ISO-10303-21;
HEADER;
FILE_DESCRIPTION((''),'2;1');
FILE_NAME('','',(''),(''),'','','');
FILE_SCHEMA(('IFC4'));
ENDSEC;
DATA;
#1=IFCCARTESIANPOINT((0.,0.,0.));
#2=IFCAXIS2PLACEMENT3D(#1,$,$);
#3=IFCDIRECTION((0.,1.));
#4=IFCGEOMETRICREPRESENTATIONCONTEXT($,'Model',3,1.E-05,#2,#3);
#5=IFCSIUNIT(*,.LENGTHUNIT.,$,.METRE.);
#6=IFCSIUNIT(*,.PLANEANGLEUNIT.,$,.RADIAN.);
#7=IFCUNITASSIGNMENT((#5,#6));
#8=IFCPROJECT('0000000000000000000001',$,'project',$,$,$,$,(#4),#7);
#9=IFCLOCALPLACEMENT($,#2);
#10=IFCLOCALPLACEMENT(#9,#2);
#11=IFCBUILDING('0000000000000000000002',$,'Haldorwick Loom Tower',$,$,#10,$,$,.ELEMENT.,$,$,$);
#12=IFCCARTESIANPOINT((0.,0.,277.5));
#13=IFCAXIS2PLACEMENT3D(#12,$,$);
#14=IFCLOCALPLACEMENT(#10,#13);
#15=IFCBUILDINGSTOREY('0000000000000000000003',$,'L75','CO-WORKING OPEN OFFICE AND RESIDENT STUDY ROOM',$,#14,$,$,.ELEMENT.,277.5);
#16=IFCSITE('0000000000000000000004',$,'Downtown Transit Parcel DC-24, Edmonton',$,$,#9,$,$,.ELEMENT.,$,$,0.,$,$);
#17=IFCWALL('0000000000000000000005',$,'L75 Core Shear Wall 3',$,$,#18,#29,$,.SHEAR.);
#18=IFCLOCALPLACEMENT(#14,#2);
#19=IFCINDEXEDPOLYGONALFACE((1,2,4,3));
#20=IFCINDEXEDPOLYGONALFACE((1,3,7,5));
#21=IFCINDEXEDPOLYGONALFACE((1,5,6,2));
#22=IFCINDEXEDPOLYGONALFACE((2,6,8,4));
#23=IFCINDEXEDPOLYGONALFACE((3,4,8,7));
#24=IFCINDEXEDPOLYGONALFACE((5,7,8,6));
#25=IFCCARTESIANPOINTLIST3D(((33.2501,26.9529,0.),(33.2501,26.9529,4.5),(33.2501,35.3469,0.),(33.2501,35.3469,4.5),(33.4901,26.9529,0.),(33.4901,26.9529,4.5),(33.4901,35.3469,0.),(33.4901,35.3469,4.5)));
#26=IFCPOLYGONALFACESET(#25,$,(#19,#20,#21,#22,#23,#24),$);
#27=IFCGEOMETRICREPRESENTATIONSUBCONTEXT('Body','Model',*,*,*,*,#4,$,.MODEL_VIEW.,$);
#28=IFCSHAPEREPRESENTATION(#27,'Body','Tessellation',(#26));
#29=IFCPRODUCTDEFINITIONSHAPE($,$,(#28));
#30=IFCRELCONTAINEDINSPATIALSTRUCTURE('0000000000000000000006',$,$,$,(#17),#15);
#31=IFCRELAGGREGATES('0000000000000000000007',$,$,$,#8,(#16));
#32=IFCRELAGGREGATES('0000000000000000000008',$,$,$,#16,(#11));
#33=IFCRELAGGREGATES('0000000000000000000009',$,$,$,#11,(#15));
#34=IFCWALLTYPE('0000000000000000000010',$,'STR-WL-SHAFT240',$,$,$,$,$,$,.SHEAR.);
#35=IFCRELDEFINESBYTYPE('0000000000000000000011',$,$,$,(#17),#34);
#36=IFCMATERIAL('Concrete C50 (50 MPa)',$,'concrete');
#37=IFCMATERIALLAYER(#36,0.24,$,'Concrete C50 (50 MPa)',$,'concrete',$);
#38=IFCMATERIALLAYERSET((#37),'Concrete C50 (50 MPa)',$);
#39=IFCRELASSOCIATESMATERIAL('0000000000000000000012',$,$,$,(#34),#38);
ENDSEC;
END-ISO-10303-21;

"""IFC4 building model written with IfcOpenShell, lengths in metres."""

from ifc_helpers import new_model, si_unit, direction, frame, frame_2d, origin, place, context, subcontext, project, spatial, rectangle, extrude, material, layer, layer_set, type_object, element, save


model = new_model("IFC4")

# Units and contexts
model_context = context("Model", 3, precision=1e-05, world=origin(), true_north=direction((0.0, 1.0)))
body_context = subcontext(model_context, "Body", "Model", "MODEL_VIEW")
ifc_project = project(units=[si_unit("LENGTHUNIT", "METRE"), si_unit("PLANEANGLEUNIT", "RADIAN")], contexts=[model_context])

# Site, building, storey
site_placement = place(None, origin())
site = spatial("IfcSite", under=ifc_project, at=site_placement, Name="Downtown Transit Parcel DC-24, Edmonton", CompositionType="ELEMENT", RefElevation=0.0)
building_placement = place(site_placement, origin())
building = spatial("IfcBuilding", under=site, at=building_placement, Name="Haldorwick Loom Tower", CompositionType="ELEMENT")
storey_placement = place(building_placement, frame((0.0, 0.0, 277.5)))
storey = spatial("IfcBuildingStorey", under=building, at=storey_placement, Name="L75", Description="CO-WORKING OPEN OFFICE AND RESIDENT STUDY ROOM", CompositionType="ELEMENT", Elevation=277.5)

# Shared definitions
ifc_material_1 = material(Name="Concrete C50 (50 MPa)", Category="concrete")

# Wall
ifc_layer_1 = layer(ifc_material_1, 0.24, Name="Concrete C50 (50 MPa)", Category="concrete")
ifc_layer_set_1 = layer_set([ifc_layer_1], Name="Concrete C50 (50 MPa)")
wall_type_1 = type_object("IfcWallType", Name="STR-WL-SHAFT240", PredefinedType="SHEAR", material=ifc_layer_set_1)
for number, where, z_axis, x_axis, name in (
    (1, (33.3701, 26.9529, 0.0), (0.0, 0.0, 1.0), (0.0, 1.0, 0.0), "L75 Core Shear Wall 3"),
):
    element("IfcWall", number, at=place(storey_placement, frame(where, z_axis=z_axis, x_axis=x_axis)), inside=storey, type_object=wall_type_1, Name=name, PredefinedType="SHEAR", context=body_context, shape_type="SweptSolid", body=[
        extrude(rectangle(XDim=8.394, YDim=0.24, at=frame_2d((4.197, 0.0))), origin(), (0.0, 0.0, 1.0), 4.5),
    ])

save(model, "model.ifc")
